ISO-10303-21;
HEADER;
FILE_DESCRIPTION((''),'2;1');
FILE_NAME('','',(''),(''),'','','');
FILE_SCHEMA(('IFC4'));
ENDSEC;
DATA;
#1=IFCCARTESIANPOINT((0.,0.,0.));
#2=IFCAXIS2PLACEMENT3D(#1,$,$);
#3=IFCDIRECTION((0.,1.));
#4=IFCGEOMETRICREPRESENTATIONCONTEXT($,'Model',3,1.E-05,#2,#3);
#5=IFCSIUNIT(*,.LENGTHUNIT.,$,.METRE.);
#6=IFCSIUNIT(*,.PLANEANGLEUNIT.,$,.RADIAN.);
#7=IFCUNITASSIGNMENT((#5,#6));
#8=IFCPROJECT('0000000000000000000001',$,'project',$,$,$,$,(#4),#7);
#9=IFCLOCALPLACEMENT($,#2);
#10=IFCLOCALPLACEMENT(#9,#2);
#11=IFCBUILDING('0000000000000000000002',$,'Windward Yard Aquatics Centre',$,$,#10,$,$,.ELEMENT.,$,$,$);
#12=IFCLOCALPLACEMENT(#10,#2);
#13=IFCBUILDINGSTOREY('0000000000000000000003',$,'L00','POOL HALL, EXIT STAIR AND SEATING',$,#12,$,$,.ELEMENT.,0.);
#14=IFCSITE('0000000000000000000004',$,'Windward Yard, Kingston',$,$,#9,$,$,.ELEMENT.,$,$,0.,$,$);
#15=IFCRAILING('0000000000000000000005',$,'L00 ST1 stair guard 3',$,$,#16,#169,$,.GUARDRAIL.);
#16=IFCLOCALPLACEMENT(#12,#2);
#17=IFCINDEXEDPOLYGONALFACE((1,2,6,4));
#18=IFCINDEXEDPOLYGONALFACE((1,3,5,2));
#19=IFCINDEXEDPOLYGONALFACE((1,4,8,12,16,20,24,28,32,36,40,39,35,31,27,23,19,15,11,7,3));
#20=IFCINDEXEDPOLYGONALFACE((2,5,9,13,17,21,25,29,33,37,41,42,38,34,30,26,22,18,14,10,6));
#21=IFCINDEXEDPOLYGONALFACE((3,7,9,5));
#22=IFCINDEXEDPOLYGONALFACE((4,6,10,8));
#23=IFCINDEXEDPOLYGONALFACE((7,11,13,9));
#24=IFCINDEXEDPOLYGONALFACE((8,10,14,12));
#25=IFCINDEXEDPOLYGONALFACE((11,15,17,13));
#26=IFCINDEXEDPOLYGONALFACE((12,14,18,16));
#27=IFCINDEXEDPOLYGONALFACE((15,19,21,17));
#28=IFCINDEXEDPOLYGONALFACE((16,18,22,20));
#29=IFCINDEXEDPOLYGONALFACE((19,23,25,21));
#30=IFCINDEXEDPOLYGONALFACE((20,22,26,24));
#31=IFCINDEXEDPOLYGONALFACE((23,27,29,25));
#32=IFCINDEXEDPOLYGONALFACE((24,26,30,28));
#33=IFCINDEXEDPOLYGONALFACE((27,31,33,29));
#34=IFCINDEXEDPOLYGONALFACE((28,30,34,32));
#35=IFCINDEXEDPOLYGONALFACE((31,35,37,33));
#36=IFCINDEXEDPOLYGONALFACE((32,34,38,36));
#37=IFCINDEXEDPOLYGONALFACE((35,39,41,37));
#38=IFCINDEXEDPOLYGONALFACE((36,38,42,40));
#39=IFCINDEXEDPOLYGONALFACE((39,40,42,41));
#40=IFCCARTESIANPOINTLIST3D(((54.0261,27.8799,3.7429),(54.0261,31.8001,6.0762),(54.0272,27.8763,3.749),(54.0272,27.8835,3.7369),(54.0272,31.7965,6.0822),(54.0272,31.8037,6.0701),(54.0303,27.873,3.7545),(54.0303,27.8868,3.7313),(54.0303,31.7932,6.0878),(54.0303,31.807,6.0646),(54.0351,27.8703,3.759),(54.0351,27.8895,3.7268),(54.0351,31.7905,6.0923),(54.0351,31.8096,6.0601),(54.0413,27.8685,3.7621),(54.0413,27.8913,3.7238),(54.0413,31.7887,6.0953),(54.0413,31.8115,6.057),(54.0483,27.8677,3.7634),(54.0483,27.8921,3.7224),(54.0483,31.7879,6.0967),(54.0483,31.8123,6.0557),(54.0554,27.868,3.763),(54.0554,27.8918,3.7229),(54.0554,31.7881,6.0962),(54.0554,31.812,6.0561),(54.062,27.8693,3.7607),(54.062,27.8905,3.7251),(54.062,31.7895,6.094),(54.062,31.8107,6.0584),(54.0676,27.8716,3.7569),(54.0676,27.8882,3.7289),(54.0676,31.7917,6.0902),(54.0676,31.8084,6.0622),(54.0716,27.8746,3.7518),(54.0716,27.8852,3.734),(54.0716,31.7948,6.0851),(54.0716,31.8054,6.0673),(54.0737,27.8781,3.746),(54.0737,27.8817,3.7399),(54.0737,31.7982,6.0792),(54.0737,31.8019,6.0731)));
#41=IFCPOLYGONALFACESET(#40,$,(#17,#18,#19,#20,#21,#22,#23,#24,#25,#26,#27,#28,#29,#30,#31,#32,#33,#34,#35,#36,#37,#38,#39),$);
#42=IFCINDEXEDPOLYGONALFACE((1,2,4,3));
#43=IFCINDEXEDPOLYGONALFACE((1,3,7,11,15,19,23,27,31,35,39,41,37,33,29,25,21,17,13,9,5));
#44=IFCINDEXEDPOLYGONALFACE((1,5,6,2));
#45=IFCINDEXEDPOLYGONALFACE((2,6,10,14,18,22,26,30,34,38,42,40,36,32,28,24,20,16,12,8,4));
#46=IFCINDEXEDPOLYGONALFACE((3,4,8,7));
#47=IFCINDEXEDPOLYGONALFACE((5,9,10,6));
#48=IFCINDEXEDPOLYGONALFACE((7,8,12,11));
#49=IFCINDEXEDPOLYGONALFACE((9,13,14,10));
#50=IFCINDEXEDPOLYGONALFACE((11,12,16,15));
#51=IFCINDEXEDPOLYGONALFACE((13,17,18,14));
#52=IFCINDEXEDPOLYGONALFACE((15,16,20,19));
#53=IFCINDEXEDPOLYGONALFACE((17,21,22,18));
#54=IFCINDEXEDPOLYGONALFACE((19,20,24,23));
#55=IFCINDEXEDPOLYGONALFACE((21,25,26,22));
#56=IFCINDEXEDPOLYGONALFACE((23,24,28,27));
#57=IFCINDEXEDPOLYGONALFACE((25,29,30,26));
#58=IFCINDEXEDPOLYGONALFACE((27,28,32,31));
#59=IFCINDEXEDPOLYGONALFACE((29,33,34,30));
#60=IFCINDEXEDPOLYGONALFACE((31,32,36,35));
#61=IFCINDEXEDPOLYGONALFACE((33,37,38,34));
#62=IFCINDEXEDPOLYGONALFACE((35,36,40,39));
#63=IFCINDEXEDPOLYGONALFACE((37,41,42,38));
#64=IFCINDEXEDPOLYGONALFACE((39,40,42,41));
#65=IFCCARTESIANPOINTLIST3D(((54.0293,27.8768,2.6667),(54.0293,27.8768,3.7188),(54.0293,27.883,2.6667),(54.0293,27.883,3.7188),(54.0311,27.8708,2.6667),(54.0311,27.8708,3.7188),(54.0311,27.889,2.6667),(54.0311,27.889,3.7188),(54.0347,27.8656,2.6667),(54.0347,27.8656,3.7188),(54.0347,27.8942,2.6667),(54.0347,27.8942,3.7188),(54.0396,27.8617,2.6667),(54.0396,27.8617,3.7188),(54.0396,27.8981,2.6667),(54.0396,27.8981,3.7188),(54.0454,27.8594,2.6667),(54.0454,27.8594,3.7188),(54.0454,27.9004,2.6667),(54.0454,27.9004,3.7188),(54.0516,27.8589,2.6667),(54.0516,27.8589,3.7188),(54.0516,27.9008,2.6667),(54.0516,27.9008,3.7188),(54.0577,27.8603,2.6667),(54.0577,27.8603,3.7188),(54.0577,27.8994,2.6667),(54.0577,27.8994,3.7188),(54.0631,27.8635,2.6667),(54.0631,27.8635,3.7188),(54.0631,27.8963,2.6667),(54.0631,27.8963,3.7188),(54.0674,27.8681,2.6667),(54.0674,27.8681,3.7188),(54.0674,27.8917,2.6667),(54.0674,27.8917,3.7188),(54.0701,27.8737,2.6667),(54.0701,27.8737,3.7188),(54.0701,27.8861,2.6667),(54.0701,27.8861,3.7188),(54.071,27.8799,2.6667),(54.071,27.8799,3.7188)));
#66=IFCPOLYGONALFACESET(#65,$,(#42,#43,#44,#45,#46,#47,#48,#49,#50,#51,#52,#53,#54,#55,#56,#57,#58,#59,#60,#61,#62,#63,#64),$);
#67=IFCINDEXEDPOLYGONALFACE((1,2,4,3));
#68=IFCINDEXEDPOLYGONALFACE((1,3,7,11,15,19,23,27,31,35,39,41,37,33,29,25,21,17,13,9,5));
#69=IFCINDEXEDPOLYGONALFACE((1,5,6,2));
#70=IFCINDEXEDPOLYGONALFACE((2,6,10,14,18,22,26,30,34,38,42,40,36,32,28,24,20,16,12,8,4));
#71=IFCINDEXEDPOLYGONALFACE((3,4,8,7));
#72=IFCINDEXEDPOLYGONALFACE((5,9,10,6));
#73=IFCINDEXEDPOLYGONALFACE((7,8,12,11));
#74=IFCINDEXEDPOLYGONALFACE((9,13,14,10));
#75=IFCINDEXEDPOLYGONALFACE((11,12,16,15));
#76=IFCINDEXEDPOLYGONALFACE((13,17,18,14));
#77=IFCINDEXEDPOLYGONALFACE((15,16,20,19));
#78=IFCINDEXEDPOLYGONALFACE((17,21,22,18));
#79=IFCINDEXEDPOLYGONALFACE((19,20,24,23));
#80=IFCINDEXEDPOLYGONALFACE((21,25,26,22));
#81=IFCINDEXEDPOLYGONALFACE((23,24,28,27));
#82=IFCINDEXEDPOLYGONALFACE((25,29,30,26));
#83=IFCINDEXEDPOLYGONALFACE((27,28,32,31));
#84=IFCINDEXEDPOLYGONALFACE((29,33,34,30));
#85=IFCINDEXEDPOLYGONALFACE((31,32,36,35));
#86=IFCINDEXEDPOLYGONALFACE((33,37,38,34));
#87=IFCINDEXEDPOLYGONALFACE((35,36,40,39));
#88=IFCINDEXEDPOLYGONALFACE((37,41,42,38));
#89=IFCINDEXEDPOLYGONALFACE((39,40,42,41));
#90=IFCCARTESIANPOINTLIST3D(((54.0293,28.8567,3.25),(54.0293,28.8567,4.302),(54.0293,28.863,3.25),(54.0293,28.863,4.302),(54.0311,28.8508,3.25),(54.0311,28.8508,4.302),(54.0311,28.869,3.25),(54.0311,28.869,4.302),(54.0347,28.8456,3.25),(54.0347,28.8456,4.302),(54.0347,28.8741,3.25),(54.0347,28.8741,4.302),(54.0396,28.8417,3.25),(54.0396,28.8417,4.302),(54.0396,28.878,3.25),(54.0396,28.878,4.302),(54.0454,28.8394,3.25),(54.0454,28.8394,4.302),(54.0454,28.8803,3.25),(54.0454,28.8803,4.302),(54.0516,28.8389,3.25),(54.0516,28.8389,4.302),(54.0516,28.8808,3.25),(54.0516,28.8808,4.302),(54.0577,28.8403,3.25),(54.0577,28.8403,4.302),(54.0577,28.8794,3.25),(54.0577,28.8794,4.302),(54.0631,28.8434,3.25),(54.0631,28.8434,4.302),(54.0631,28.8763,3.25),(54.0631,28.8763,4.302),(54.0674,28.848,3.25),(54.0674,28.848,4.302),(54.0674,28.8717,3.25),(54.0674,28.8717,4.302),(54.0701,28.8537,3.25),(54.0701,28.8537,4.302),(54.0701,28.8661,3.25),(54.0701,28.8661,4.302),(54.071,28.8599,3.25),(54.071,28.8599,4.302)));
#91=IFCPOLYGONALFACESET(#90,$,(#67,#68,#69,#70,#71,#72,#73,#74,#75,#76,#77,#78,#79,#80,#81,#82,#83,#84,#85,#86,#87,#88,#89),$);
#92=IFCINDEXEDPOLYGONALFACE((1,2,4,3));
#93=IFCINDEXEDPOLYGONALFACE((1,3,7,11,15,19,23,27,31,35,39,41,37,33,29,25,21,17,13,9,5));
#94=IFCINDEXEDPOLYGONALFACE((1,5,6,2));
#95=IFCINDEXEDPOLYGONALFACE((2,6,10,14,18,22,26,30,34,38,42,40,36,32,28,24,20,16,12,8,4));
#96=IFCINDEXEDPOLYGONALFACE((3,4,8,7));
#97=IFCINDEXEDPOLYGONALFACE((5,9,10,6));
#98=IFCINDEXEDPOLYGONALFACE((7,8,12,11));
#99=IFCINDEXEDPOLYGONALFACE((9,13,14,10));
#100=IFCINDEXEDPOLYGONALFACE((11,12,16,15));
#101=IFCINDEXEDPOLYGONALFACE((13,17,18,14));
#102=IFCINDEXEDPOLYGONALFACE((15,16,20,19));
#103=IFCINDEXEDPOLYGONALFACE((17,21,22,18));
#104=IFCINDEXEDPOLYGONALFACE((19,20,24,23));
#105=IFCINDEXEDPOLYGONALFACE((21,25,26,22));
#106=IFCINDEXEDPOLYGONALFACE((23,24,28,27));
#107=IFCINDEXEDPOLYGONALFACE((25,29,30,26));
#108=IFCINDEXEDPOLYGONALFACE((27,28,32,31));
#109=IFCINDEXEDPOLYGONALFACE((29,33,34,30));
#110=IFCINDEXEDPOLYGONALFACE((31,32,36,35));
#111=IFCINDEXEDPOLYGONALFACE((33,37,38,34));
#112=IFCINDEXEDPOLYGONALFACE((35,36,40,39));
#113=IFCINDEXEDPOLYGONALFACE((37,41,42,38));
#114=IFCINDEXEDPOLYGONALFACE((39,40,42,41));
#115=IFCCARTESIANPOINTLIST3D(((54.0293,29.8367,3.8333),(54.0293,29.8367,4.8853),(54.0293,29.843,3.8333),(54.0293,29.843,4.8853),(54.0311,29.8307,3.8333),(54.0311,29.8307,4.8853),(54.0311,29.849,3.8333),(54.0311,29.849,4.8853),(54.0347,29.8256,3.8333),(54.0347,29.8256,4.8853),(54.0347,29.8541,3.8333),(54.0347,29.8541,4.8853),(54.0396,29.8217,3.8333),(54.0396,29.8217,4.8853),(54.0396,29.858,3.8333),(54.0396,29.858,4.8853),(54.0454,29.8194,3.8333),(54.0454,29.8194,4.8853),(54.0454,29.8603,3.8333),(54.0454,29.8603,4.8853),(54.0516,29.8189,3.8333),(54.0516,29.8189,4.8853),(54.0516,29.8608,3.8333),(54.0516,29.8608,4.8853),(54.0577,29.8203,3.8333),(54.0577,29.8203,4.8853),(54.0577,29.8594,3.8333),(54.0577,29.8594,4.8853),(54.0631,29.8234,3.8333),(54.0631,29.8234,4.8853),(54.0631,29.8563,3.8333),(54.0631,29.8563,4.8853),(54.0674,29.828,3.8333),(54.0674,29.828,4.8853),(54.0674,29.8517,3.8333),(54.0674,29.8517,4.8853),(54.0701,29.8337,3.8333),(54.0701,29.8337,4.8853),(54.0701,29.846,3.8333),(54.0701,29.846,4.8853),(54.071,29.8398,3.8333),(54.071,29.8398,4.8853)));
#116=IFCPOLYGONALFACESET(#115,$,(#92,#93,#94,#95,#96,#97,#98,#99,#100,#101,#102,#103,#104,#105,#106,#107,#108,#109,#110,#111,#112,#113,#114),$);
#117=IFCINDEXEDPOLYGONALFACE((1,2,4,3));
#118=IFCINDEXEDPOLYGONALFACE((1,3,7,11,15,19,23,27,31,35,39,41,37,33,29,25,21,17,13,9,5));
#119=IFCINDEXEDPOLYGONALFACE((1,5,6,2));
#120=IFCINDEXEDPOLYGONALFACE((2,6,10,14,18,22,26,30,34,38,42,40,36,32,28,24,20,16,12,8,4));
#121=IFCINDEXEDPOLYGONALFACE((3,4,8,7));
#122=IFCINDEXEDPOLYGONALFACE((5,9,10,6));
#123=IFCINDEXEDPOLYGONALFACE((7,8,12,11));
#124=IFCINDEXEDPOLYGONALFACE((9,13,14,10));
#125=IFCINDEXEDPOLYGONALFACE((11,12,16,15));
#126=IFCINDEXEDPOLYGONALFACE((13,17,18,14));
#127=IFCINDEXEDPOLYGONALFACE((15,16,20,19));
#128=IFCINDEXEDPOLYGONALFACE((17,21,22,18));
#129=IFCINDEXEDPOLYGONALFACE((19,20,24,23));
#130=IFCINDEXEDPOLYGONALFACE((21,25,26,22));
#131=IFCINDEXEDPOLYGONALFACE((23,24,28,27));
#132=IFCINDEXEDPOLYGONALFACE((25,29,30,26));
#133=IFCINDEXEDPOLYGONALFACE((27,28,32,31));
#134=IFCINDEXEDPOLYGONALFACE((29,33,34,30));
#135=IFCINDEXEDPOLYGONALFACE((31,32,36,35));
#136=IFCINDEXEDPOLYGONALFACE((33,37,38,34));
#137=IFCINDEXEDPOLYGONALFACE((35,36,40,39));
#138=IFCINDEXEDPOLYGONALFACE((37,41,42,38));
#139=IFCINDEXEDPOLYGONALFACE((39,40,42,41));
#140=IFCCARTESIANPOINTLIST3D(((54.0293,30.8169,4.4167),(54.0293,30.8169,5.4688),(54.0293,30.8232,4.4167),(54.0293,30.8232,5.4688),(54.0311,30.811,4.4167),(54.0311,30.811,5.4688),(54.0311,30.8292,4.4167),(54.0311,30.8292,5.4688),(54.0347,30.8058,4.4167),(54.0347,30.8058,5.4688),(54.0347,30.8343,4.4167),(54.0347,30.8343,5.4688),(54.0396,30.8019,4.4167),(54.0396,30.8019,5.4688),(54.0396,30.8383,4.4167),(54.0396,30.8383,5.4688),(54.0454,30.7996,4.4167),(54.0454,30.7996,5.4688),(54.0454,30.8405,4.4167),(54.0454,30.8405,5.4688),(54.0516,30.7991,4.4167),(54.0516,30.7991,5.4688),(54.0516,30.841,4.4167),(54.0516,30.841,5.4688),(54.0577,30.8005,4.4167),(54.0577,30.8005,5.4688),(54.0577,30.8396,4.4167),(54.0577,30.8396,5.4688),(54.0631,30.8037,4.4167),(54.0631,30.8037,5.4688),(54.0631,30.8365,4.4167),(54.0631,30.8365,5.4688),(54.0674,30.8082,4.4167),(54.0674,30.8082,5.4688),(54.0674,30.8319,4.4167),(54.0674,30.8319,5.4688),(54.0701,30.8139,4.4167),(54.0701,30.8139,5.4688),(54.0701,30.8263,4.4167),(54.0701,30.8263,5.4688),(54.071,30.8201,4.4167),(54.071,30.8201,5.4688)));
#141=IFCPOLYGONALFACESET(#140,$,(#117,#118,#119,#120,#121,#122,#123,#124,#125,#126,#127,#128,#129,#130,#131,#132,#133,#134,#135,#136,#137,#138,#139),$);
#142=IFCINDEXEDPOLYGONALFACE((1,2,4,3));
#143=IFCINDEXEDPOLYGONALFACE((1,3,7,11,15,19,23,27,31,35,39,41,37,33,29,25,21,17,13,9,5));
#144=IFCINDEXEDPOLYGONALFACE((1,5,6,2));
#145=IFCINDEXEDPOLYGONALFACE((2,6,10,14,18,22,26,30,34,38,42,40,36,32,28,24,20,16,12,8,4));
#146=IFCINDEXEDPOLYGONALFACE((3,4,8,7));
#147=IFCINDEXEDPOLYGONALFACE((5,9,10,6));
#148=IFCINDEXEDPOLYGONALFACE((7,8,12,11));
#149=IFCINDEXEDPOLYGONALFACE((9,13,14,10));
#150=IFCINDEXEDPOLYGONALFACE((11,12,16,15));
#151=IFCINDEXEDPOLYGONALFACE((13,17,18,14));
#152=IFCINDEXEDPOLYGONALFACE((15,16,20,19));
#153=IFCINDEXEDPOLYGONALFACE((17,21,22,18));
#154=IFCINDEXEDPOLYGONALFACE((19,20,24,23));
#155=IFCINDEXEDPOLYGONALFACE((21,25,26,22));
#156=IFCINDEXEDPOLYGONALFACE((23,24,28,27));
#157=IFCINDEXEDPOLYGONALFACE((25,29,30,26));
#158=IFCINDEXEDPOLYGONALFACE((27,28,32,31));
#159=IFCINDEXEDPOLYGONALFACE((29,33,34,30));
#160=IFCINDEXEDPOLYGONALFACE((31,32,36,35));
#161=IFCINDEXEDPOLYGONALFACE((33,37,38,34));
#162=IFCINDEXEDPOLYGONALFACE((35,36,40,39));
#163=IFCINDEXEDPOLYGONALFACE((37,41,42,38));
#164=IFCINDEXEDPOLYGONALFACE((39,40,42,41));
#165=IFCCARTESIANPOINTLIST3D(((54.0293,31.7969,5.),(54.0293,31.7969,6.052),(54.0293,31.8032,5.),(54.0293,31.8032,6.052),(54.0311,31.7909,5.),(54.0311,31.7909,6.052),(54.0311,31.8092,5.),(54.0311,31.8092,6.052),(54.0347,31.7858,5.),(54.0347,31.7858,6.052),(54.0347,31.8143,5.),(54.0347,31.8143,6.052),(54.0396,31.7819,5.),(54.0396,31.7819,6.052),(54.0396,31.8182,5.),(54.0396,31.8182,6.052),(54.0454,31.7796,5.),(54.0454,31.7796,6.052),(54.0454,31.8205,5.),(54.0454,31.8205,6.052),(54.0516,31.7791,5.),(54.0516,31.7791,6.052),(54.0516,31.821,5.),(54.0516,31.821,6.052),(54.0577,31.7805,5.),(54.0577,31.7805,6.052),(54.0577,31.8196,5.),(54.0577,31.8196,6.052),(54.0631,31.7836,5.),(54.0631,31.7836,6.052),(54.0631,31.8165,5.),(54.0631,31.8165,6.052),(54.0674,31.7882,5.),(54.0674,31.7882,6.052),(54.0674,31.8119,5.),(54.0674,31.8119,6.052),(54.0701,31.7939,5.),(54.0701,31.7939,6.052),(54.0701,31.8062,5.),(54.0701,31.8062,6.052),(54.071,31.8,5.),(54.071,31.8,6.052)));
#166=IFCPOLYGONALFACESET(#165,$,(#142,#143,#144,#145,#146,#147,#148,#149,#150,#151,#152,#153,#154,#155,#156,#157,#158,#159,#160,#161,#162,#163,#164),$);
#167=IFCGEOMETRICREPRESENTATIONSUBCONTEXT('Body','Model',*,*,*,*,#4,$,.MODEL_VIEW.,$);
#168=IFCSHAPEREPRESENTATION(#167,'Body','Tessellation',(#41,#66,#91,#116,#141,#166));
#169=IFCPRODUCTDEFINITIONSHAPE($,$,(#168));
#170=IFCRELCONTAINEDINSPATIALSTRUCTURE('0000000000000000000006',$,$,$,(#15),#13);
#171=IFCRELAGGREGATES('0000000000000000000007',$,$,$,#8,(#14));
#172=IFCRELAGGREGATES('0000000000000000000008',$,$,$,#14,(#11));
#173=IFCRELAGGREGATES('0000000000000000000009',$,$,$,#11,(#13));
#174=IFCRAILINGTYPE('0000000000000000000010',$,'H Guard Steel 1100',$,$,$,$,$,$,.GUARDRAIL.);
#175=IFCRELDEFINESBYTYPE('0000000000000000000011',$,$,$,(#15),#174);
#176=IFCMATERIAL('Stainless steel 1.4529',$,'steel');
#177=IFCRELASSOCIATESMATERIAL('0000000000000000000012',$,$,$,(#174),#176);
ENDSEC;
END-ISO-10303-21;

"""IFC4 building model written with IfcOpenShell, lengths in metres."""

from ifc_helpers import new_model, si_unit, direction, frame, origin, origin_2d, place, context, subcontext, project, spatial, circle, extrude, material, type_object, element, save


model = new_model("IFC4")

# Units and contexts
model_context = context("Model", 3, precision=1e-05, world=origin(), true_north=direction((0.0, 1.0)))
body_context = subcontext(model_context, "Body", "Model", "MODEL_VIEW")
ifc_project = project(units=[si_unit("LENGTHUNIT", "METRE"), si_unit("PLANEANGLEUNIT", "RADIAN")], contexts=[model_context])

# Site, building, storey
site_placement = place(None, origin())
site = spatial("IfcSite", under=ifc_project, at=site_placement, Name="Windward Yard, Kingston", CompositionType="ELEMENT", RefElevation=0.0)
building_placement = place(site_placement, origin())
building = spatial("IfcBuilding", under=site, at=building_placement, Name="Windward Yard Aquatics Centre", CompositionType="ELEMENT")
storey_placement = place(building_placement, origin())
storey = spatial("IfcBuildingStorey", under=building, at=storey_placement, Name="L00", Description="POOL HALL, EXIT STAIR AND SEATING", CompositionType="ELEMENT", Elevation=0.0)

# Railing
ifc_material_1 = material(Name="Stainless steel 1.4529", Category="steel")
railing_type_1 = type_object("IfcRailingType", Name="H Guard Steel 1100", PredefinedType="GUARDRAIL", material=ifc_material_1)
railing_1_placement = place(storey_placement, frame((54.05, 27.8799, 2.6667)))
element("IfcRailing", 1, at=railing_1_placement, inside=storey, type_object=railing_type_1, Name="L00 ST1 stair guard 3", PredefinedType="GUARDRAIL", context=body_context, shape_type="SweptSolid", body=[
    extrude(circle(Radius=0.0239, at=origin_2d()), frame((0.0, 0.0, 1.0762), z_axis=(0.0, 0.85931, 0.511455), x_axis=(-1.0, 0.0, 0.0)), (0.0, 0.0, 1.0), 4.562),
    extrude(circle(Radius=0.021, at=origin_2d()), origin(), (0.0, 0.0, 1.0), 1.052),
    extrude(circle(Radius=0.021, at=origin_2d()), frame((0.0, 0.98, 0.5833)), (0.0, 0.0, 1.0), 1.052),
    extrude(circle(Radius=0.021, at=origin_2d()), frame((0.0, 1.96, 1.1665)), (0.0, 0.0, 1.0), 1.052),
    extrude(circle(Radius=0.021, at=origin_2d()), frame((0.0, 2.9402, 1.75)), (0.0, 0.0, 1.0), 1.052),
    extrude(circle(Radius=0.021, at=origin_2d()), frame((0.0, 3.9202, 2.3333)), (0.0, 0.0, 1.0), 1.052),
])

save(model, "model.ifc")
